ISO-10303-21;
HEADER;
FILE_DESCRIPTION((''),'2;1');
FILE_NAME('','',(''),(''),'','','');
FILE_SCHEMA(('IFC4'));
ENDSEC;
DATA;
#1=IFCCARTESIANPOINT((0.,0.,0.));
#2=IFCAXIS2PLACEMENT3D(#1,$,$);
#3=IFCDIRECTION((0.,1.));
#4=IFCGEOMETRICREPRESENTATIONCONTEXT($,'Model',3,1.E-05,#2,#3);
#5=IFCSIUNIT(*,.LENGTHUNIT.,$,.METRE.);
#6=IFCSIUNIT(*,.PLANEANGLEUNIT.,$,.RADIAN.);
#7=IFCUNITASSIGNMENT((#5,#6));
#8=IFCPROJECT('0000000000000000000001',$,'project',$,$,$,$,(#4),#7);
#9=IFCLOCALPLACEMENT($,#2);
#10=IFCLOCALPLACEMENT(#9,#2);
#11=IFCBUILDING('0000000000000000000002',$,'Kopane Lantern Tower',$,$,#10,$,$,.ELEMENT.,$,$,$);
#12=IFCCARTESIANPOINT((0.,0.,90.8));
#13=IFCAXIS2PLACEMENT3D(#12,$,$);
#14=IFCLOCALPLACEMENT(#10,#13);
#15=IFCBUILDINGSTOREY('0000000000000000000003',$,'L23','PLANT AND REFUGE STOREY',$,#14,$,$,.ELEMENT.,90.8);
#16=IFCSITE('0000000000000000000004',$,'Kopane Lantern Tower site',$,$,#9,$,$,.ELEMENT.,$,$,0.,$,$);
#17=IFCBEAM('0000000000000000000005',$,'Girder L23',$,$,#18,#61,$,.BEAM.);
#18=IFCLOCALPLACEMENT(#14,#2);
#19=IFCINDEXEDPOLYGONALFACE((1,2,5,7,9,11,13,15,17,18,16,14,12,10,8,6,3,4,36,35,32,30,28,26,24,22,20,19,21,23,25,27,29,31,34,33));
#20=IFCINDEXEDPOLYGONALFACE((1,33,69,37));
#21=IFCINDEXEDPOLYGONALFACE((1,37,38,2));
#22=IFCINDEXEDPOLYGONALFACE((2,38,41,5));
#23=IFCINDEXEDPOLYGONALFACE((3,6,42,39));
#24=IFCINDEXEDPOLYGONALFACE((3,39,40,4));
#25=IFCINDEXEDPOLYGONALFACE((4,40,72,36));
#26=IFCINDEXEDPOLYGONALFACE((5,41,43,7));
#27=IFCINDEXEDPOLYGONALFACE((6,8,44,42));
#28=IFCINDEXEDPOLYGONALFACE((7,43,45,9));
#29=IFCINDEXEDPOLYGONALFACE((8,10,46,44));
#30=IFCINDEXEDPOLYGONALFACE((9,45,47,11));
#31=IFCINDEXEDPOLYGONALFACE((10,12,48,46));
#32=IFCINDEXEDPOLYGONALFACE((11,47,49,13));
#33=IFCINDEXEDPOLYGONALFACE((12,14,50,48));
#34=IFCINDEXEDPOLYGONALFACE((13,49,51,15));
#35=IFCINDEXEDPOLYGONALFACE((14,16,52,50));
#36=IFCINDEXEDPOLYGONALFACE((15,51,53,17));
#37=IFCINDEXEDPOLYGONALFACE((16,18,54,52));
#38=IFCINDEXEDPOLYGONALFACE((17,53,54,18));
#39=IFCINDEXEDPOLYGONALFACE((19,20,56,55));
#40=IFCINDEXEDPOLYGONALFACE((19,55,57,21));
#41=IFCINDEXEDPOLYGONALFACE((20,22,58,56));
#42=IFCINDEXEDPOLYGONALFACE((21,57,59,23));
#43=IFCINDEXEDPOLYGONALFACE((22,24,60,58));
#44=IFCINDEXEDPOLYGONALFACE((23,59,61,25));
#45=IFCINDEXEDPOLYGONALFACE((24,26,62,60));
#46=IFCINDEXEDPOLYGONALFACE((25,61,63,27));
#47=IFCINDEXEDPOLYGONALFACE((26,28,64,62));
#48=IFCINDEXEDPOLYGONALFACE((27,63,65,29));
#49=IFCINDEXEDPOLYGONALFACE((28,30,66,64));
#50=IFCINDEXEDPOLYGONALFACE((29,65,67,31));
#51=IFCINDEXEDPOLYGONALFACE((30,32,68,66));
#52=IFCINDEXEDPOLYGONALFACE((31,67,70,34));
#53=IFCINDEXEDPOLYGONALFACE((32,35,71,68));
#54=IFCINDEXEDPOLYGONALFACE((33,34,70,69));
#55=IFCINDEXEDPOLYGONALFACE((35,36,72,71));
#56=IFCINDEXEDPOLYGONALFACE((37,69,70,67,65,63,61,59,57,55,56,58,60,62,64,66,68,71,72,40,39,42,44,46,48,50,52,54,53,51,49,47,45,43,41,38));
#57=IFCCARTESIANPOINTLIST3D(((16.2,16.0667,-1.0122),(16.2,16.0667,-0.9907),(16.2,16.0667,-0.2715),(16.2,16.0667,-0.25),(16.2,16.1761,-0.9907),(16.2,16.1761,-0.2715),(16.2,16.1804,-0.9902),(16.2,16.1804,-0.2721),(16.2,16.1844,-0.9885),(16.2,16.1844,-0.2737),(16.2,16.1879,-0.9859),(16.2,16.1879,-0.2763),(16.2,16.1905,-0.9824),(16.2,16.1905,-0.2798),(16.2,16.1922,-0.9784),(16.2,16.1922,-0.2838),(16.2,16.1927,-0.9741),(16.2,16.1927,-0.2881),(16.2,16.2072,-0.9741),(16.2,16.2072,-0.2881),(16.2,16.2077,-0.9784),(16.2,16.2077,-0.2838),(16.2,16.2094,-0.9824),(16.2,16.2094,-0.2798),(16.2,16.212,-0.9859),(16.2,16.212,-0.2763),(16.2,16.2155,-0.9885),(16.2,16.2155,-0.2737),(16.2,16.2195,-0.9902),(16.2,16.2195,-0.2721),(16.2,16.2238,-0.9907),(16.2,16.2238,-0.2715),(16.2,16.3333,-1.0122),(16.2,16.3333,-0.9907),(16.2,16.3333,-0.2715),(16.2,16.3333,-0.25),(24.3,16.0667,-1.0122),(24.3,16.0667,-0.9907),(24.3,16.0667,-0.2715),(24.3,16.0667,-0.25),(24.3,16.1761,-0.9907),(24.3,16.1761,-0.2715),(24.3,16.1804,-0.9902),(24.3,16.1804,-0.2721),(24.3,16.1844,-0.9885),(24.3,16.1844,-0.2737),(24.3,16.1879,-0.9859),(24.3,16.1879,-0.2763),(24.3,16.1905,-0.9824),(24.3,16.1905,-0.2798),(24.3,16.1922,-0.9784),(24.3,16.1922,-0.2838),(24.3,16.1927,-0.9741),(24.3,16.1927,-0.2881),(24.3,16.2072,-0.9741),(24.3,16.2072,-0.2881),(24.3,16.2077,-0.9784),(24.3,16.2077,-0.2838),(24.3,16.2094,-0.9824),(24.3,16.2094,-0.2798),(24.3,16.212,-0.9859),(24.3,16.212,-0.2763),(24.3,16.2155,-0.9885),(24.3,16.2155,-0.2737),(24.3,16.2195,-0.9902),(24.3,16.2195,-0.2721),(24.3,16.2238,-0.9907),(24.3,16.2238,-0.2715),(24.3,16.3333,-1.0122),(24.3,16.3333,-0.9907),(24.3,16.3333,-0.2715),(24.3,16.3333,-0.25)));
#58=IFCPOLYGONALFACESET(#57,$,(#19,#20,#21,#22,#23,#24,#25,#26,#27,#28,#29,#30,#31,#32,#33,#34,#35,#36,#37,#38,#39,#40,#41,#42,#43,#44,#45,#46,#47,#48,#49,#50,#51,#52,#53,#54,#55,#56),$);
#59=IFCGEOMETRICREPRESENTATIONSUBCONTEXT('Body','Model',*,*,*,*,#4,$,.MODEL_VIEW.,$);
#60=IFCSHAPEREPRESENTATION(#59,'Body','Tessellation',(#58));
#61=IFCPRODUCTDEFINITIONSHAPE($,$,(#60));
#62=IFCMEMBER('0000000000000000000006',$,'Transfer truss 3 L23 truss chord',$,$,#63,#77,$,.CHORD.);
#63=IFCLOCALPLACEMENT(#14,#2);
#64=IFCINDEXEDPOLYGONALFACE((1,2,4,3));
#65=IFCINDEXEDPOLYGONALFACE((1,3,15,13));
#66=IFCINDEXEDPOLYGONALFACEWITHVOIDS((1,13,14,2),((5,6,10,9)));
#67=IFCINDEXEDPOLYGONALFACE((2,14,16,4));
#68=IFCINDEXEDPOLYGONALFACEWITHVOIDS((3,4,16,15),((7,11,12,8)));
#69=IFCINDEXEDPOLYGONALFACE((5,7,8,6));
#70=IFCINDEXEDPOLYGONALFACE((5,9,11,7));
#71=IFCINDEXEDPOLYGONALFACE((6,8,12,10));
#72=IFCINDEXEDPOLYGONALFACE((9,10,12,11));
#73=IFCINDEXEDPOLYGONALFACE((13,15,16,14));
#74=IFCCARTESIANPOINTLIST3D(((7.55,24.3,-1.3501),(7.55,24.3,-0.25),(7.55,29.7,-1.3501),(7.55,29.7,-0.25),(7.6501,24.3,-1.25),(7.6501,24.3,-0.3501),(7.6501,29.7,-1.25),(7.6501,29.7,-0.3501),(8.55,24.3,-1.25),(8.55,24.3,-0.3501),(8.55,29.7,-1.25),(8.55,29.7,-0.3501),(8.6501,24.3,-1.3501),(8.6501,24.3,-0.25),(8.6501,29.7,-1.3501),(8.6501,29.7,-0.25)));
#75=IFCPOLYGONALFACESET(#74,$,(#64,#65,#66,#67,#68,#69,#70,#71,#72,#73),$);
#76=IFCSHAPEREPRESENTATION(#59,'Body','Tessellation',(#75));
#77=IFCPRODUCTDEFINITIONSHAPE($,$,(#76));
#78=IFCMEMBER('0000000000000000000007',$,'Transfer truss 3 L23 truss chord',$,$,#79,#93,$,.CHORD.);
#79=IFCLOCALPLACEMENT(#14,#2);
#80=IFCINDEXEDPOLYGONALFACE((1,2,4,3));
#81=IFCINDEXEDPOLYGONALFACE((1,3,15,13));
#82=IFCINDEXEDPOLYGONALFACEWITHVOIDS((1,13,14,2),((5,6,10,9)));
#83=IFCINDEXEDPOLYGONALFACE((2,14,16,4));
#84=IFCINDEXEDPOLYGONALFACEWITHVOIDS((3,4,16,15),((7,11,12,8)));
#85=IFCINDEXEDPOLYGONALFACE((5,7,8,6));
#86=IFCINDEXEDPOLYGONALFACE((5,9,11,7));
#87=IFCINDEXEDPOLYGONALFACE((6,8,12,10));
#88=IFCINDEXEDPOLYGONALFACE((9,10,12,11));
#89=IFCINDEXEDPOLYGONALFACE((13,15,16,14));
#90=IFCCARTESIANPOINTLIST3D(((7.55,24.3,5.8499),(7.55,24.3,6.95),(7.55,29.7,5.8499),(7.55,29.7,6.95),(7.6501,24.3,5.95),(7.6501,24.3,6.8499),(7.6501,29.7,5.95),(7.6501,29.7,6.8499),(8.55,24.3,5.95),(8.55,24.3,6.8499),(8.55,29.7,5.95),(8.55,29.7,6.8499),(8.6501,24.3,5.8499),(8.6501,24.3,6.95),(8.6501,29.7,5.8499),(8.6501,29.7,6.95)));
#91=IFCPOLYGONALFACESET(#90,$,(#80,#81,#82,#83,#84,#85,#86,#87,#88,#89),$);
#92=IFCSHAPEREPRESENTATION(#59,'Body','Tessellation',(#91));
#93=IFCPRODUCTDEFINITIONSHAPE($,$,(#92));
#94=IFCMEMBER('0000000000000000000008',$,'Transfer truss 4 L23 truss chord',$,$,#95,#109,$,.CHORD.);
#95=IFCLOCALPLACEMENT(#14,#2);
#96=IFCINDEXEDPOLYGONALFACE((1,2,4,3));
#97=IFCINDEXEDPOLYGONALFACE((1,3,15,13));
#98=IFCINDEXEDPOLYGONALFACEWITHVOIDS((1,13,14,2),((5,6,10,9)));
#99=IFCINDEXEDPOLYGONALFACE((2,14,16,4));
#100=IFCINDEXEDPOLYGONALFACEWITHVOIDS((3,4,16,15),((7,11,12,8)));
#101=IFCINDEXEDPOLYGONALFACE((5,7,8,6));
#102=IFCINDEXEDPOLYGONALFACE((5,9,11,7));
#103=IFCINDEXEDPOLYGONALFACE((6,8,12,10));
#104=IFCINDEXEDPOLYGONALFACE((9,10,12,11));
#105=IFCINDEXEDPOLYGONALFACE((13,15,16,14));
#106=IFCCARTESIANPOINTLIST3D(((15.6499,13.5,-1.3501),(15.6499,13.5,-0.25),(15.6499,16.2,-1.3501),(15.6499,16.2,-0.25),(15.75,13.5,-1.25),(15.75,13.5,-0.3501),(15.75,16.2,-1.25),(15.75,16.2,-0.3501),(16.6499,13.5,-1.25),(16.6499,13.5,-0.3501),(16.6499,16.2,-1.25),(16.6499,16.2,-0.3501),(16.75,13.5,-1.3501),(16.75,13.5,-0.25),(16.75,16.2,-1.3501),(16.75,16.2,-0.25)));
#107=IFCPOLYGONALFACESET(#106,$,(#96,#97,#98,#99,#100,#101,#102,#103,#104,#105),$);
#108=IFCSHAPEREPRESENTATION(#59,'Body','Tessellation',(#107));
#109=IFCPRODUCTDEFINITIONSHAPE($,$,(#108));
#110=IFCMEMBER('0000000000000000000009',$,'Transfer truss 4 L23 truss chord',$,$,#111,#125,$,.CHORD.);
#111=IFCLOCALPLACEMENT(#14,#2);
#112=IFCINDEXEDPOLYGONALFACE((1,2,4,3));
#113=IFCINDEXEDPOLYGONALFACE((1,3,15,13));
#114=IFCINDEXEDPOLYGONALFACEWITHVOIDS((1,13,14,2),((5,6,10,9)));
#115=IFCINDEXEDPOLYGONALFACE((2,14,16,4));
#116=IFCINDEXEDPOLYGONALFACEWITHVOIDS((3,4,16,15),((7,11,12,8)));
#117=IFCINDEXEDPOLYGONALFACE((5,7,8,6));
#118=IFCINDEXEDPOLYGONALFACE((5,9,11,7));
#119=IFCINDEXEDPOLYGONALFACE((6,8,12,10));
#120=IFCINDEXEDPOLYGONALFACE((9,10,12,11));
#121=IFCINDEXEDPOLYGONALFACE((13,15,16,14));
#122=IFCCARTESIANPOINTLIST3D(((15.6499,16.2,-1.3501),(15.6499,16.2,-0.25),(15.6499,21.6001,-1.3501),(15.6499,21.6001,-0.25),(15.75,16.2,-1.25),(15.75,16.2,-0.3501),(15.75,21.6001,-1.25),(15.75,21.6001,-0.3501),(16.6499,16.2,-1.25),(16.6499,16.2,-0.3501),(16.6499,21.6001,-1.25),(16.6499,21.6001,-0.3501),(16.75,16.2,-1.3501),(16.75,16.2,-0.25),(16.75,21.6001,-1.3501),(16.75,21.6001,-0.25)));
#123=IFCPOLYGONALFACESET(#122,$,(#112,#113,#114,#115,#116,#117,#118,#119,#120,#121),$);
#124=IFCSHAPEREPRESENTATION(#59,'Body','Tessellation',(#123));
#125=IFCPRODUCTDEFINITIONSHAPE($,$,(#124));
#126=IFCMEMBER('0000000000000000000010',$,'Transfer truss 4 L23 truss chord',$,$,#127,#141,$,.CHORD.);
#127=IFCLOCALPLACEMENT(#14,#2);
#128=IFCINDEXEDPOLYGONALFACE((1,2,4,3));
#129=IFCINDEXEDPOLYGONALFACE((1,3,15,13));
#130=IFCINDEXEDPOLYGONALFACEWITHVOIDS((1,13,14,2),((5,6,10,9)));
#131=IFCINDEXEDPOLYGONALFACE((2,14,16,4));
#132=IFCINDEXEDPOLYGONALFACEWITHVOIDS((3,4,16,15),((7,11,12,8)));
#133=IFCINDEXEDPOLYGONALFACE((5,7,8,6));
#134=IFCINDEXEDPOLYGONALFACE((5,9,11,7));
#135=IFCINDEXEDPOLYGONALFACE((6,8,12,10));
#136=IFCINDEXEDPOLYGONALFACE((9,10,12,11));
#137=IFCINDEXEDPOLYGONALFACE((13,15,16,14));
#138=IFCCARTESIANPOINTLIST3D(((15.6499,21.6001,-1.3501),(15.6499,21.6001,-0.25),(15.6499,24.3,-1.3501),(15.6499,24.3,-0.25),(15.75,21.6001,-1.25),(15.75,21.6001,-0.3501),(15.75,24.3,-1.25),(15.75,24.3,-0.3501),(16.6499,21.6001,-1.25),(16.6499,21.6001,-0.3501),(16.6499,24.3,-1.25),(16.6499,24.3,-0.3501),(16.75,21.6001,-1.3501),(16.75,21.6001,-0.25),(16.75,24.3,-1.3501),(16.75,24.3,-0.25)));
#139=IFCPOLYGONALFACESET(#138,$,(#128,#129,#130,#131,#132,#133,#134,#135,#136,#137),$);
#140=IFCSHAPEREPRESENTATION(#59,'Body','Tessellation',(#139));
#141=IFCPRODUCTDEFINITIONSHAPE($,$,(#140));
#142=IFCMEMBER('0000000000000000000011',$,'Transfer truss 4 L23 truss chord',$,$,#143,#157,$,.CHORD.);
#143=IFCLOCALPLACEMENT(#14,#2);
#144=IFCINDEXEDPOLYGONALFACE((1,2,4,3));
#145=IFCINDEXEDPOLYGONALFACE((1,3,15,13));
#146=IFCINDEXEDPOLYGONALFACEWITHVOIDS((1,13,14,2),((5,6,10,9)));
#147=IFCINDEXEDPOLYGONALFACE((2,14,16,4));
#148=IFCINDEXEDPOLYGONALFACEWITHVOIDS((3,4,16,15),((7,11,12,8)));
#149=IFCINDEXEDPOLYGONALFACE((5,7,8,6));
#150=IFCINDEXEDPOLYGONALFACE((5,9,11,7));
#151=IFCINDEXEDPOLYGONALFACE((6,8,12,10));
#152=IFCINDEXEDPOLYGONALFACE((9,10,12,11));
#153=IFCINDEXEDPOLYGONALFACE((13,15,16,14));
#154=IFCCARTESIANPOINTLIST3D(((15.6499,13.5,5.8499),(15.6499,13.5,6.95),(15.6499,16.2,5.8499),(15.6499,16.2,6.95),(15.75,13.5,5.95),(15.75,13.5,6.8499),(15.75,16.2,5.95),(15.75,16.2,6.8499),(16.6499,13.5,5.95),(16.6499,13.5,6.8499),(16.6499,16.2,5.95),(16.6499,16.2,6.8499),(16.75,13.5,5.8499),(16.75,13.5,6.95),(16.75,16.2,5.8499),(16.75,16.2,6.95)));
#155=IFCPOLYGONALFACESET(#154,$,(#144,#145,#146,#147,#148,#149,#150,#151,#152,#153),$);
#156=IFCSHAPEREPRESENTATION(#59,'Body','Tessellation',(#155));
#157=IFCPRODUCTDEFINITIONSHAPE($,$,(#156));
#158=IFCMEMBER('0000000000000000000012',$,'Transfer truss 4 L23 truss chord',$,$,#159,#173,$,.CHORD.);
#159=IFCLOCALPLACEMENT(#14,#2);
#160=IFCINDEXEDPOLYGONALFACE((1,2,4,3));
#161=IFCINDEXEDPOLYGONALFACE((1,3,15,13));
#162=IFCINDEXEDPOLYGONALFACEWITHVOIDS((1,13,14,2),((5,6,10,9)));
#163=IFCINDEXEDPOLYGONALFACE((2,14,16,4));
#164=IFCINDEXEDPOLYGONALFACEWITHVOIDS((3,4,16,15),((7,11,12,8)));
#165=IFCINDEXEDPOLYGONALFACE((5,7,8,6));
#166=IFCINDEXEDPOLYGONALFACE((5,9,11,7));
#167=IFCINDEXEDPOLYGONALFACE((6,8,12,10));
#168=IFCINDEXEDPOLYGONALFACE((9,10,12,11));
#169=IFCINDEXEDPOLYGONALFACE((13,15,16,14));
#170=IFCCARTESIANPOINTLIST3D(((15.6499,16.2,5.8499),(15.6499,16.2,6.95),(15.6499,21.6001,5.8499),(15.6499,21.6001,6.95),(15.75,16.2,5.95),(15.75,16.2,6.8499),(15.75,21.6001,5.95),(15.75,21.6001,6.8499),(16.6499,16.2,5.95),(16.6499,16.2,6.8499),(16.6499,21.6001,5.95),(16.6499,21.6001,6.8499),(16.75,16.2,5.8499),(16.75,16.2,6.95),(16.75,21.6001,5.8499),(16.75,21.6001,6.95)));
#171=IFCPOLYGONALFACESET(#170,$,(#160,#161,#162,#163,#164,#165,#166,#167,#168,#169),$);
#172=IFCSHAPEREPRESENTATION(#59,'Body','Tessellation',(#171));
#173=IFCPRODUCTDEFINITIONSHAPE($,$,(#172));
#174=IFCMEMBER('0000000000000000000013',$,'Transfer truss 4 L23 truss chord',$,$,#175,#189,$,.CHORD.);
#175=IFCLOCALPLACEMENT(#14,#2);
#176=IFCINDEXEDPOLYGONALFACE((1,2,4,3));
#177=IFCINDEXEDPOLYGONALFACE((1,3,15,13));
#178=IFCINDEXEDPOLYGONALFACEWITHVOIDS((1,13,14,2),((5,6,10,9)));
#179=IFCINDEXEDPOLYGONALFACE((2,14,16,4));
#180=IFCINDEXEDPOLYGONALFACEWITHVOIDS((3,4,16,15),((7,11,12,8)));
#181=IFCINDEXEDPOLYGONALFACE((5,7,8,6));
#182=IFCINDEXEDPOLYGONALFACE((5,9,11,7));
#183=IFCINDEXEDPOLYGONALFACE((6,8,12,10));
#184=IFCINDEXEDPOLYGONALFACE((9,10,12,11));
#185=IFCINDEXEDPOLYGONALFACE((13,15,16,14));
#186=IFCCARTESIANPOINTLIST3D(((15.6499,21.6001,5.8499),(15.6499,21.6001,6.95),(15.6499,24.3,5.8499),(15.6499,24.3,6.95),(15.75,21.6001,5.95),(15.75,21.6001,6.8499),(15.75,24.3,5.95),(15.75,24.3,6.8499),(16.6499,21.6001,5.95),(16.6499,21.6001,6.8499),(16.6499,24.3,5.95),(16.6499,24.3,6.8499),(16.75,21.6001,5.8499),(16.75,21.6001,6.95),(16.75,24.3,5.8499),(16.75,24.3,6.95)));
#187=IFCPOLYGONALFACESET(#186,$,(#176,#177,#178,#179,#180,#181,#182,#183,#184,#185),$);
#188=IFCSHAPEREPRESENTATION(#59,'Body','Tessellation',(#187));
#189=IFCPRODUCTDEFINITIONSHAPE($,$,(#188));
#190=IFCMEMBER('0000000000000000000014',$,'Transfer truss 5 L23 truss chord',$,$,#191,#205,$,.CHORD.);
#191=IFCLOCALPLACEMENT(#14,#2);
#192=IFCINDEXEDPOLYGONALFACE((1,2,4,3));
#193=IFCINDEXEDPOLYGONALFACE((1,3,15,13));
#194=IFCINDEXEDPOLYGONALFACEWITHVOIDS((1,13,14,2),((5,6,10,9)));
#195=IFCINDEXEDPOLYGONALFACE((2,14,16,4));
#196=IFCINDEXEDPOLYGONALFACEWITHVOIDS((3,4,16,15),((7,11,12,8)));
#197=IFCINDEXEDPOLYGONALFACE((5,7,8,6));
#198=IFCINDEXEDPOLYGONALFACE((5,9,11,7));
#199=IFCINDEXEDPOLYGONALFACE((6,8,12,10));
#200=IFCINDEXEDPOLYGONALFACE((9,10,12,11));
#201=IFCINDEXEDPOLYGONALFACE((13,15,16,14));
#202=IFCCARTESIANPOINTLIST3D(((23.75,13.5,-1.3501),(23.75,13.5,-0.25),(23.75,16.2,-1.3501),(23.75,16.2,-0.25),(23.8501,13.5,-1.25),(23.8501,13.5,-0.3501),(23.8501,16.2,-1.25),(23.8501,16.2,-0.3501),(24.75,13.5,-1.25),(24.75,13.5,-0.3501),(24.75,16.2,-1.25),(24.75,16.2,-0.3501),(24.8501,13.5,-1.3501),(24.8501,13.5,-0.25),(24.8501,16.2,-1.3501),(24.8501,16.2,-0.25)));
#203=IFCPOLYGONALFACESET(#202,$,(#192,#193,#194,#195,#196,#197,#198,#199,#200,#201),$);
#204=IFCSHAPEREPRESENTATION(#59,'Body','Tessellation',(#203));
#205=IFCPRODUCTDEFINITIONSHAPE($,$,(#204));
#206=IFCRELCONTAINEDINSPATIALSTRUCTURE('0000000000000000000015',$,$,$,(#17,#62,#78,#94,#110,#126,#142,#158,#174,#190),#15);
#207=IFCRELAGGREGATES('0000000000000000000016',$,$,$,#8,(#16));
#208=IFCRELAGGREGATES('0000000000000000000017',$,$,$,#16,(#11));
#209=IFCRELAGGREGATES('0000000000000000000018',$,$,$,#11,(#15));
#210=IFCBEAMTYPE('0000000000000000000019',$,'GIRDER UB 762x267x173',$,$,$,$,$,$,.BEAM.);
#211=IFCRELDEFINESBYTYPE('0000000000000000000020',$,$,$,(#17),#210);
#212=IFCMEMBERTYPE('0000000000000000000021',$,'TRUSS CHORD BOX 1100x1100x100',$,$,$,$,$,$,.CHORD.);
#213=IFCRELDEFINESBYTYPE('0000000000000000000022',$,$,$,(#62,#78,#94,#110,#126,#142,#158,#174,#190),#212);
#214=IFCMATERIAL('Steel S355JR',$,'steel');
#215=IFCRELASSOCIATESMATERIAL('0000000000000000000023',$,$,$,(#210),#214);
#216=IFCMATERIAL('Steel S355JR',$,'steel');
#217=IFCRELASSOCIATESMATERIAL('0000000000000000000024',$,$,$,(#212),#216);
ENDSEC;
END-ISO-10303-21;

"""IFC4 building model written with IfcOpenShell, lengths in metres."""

from ifc_helpers import new_model, si_unit, direction, frame, origin, origin_2d, place, context, subcontext, project, spatial, hollow_rectangle, i_section, extrude, material, material_profile, profile_set, type_object, element, save


model = new_model("IFC4")

# Units and contexts
model_context = context("Model", 3, precision=1e-05, world=origin(), true_north=direction((0.0, 1.0)))
body_context = subcontext(model_context, "Body", "Model", "MODEL_VIEW")
ifc_project = project(units=[si_unit("LENGTHUNIT", "METRE"), si_unit("PLANEANGLEUNIT", "RADIAN")], contexts=[model_context])

# Site, building, storey
site_placement = place(None, origin())
site = spatial("IfcSite", under=ifc_project, at=site_placement, Name="Kopane Lantern Tower site", CompositionType="ELEMENT", RefElevation=0.0)
building_placement = place(site_placement, origin())
building = spatial("IfcBuilding", under=site, at=building_placement, Name="Kopane Lantern Tower", CompositionType="ELEMENT")
storey_placement = place(building_placement, frame((0.0, 0.0, 90.8)))
storey = spatial("IfcBuildingStorey", under=building, at=storey_placement, Name="L23", Description="PLANT AND REFUGE STOREY", CompositionType="ELEMENT", Elevation=90.8)

# Beam
ifc_material_1 = material(Name="Steel S355JR", Category="steel")
ifc_material_profile_1 = material_profile(ifc_material_1, i_section(OverallWidth=0.2666, OverallDepth=0.7622, WebThickness=0.0144, FlangeThickness=0.0215, FilletRadius=0.0166, at=origin_2d()), Name="UB 762x267x173")
ifc_profile_set_1 = profile_set([ifc_material_profile_1], Name="Steel S355JR")
beam_type = type_object("IfcBeamType", Name="GIRDER UB 762x267x173", PredefinedType="BEAM", material=ifc_profile_set_1)
beam_placement = place(storey_placement, frame((16.2, 16.2, -0.6311), z_axis=(1.0, 0.0, 0.0), x_axis=(0.0, 1.0, 0.0)))
element("IfcBeam", 1, at=beam_placement, inside=storey, type_object=beam_type, Name="Girder L23", PredefinedType="BEAM", context=body_context, shape_type="SweptSolid", body=[
    extrude(i_section(OverallWidth=0.2666, OverallDepth=0.7622, WebThickness=0.0144, FlangeThickness=0.0215, FilletRadius=0.0166, at=origin_2d()), origin(), (0.0, 0.0, 1.0), 8.1001),
])

# Members
ifc_material_2 = material(Name="Steel S355JR", Category="steel")
ifc_material_profile_2 = material_profile(ifc_material_2, hollow_rectangle(XDim=1.1001, YDim=1.1001, WallThickness=0.1001, at=origin_2d()), Name="BOX 1100x1100x100")
ifc_profile_set_2 = profile_set([ifc_material_profile_2], Name="Steel S355JR")
member_type_1 = type_object("IfcMemberType", Name="TRUSS CHORD BOX 1100x1100x100", PredefinedType="CHORD", material=ifc_profile_set_2)
for number, where, z_axis, x_axis, name in (
    (2, (8.1001, 24.3, -0.8), (0.0, 1.0, 0.0), (-1.0, 0.0, 0.0), "Transfer truss 3 L23 truss chord"),
    (3, (8.1001, 24.3, 6.3999), (0.0, 1.0, 0.0), (-1.0, 0.0, 0.0), "Transfer truss 3 L23 truss chord"),
):
    element("IfcMember", number, at=place(storey_placement, frame(where, z_axis=z_axis, x_axis=x_axis)), inside=storey, type_object=member_type_1, Name=name, PredefinedType="CHORD", context=body_context, shape_type="SweptSolid", body=[
        extrude(hollow_rectangle(XDim=1.1001, YDim=1.1001, WallThickness=0.1001, at=origin_2d()), origin(), (0.0, 0.0, 1.0), 5.3999),
    ])
member_1_placement = place(storey_placement, frame((16.2, 13.5, -0.8), z_axis=(0.0, 1.0, 0.0), x_axis=(-1.0, 0.0, 0.0)))
element("IfcMember", 4, at=member_1_placement, inside=storey, type_object=member_type_1, Name="Transfer truss 4 L23 truss chord", PredefinedType="CHORD", context=body_context, shape_type="SweptSolid", body=[
    extrude(hollow_rectangle(XDim=1.1001, YDim=1.1001, WallThickness=0.1001, at=origin_2d()), origin(), (0.0, 0.0, 1.0), 2.7),
])
member_2_placement = place(storey_placement, frame((16.2, 16.2, -0.8), z_axis=(0.0, 1.0, 0.0), x_axis=(-1.0, 0.0, 0.0)))
element("IfcMember", 5, at=member_2_placement, inside=storey, type_object=member_type_1, Name="Transfer truss 4 L23 truss chord", PredefinedType="CHORD", context=body_context, shape_type="SweptSolid", body=[
    extrude(hollow_rectangle(XDim=1.1001, YDim=1.1001, WallThickness=0.1001, at=origin_2d()), origin(), (0.0, 0.0, 1.0), 5.4001),
])
for number, where, z_axis, x_axis, name in (
    (6, (16.2, 21.6001, -0.8), (0.0, 1.0, 0.0), (-1.0, 0.0, 0.0), "Transfer truss 4 L23 truss chord"),
    (7, (16.2, 13.5, 6.3999), (0.0, 1.0, 0.0), (-1.0, 0.0, 0.0), "Transfer truss 4 L23 truss chord"),
):
    element("IfcMember", number, at=place(storey_placement, frame(where, z_axis=z_axis, x_axis=x_axis)), inside=storey, type_object=member_type_1, Name=name, PredefinedType="CHORD", context=body_context, shape_type="SweptSolid", body=[
        extrude(hollow_rectangle(XDim=1.1001, YDim=1.1001, WallThickness=0.1001, at=origin_2d()), origin(), (0.0, 0.0, 1.0), 2.7),
    ])
member_3_placement = place(storey_placement, frame((16.2, 16.2, 6.3999), z_axis=(0.0, 1.0, 0.0), x_axis=(-1.0, 0.0, 0.0)))
element("IfcMember", 8, at=member_3_placement, inside=storey, type_object=member_type_1, Name="Transfer truss 4 L23 truss chord", PredefinedType="CHORD", context=body_context, shape_type="SweptSolid", body=[
    extrude(hollow_rectangle(XDim=1.1001, YDim=1.1001, WallThickness=0.1001, at=origin_2d()), origin(), (0.0, 0.0, 1.0), 5.4001),
])
for number, where, z_axis, x_axis, name in (
    (9, (16.2, 21.6001, 6.3999), (0.0, 1.0, 0.0), (-1.0, 0.0, 0.0), "Transfer truss 4 L23 truss chord"),
    (10, (24.3, 13.5, -0.8), (0.0, 1.0, 0.0), (-1.0, 0.0, 0.0), "Transfer truss 5 L23 truss chord"),
):
    element("IfcMember", number, at=place(storey_placement, frame(where, z_axis=z_axis, x_axis=x_axis)), inside=storey, type_object=member_type_1, Name=name, PredefinedType="CHORD", context=body_context, shape_type="SweptSolid", body=[
        extrude(hollow_rectangle(XDim=1.1001, YDim=1.1001, WallThickness=0.1001, at=origin_2d()), origin(), (0.0, 0.0, 1.0), 2.7),
    ])

save(model, "model.ifc")
